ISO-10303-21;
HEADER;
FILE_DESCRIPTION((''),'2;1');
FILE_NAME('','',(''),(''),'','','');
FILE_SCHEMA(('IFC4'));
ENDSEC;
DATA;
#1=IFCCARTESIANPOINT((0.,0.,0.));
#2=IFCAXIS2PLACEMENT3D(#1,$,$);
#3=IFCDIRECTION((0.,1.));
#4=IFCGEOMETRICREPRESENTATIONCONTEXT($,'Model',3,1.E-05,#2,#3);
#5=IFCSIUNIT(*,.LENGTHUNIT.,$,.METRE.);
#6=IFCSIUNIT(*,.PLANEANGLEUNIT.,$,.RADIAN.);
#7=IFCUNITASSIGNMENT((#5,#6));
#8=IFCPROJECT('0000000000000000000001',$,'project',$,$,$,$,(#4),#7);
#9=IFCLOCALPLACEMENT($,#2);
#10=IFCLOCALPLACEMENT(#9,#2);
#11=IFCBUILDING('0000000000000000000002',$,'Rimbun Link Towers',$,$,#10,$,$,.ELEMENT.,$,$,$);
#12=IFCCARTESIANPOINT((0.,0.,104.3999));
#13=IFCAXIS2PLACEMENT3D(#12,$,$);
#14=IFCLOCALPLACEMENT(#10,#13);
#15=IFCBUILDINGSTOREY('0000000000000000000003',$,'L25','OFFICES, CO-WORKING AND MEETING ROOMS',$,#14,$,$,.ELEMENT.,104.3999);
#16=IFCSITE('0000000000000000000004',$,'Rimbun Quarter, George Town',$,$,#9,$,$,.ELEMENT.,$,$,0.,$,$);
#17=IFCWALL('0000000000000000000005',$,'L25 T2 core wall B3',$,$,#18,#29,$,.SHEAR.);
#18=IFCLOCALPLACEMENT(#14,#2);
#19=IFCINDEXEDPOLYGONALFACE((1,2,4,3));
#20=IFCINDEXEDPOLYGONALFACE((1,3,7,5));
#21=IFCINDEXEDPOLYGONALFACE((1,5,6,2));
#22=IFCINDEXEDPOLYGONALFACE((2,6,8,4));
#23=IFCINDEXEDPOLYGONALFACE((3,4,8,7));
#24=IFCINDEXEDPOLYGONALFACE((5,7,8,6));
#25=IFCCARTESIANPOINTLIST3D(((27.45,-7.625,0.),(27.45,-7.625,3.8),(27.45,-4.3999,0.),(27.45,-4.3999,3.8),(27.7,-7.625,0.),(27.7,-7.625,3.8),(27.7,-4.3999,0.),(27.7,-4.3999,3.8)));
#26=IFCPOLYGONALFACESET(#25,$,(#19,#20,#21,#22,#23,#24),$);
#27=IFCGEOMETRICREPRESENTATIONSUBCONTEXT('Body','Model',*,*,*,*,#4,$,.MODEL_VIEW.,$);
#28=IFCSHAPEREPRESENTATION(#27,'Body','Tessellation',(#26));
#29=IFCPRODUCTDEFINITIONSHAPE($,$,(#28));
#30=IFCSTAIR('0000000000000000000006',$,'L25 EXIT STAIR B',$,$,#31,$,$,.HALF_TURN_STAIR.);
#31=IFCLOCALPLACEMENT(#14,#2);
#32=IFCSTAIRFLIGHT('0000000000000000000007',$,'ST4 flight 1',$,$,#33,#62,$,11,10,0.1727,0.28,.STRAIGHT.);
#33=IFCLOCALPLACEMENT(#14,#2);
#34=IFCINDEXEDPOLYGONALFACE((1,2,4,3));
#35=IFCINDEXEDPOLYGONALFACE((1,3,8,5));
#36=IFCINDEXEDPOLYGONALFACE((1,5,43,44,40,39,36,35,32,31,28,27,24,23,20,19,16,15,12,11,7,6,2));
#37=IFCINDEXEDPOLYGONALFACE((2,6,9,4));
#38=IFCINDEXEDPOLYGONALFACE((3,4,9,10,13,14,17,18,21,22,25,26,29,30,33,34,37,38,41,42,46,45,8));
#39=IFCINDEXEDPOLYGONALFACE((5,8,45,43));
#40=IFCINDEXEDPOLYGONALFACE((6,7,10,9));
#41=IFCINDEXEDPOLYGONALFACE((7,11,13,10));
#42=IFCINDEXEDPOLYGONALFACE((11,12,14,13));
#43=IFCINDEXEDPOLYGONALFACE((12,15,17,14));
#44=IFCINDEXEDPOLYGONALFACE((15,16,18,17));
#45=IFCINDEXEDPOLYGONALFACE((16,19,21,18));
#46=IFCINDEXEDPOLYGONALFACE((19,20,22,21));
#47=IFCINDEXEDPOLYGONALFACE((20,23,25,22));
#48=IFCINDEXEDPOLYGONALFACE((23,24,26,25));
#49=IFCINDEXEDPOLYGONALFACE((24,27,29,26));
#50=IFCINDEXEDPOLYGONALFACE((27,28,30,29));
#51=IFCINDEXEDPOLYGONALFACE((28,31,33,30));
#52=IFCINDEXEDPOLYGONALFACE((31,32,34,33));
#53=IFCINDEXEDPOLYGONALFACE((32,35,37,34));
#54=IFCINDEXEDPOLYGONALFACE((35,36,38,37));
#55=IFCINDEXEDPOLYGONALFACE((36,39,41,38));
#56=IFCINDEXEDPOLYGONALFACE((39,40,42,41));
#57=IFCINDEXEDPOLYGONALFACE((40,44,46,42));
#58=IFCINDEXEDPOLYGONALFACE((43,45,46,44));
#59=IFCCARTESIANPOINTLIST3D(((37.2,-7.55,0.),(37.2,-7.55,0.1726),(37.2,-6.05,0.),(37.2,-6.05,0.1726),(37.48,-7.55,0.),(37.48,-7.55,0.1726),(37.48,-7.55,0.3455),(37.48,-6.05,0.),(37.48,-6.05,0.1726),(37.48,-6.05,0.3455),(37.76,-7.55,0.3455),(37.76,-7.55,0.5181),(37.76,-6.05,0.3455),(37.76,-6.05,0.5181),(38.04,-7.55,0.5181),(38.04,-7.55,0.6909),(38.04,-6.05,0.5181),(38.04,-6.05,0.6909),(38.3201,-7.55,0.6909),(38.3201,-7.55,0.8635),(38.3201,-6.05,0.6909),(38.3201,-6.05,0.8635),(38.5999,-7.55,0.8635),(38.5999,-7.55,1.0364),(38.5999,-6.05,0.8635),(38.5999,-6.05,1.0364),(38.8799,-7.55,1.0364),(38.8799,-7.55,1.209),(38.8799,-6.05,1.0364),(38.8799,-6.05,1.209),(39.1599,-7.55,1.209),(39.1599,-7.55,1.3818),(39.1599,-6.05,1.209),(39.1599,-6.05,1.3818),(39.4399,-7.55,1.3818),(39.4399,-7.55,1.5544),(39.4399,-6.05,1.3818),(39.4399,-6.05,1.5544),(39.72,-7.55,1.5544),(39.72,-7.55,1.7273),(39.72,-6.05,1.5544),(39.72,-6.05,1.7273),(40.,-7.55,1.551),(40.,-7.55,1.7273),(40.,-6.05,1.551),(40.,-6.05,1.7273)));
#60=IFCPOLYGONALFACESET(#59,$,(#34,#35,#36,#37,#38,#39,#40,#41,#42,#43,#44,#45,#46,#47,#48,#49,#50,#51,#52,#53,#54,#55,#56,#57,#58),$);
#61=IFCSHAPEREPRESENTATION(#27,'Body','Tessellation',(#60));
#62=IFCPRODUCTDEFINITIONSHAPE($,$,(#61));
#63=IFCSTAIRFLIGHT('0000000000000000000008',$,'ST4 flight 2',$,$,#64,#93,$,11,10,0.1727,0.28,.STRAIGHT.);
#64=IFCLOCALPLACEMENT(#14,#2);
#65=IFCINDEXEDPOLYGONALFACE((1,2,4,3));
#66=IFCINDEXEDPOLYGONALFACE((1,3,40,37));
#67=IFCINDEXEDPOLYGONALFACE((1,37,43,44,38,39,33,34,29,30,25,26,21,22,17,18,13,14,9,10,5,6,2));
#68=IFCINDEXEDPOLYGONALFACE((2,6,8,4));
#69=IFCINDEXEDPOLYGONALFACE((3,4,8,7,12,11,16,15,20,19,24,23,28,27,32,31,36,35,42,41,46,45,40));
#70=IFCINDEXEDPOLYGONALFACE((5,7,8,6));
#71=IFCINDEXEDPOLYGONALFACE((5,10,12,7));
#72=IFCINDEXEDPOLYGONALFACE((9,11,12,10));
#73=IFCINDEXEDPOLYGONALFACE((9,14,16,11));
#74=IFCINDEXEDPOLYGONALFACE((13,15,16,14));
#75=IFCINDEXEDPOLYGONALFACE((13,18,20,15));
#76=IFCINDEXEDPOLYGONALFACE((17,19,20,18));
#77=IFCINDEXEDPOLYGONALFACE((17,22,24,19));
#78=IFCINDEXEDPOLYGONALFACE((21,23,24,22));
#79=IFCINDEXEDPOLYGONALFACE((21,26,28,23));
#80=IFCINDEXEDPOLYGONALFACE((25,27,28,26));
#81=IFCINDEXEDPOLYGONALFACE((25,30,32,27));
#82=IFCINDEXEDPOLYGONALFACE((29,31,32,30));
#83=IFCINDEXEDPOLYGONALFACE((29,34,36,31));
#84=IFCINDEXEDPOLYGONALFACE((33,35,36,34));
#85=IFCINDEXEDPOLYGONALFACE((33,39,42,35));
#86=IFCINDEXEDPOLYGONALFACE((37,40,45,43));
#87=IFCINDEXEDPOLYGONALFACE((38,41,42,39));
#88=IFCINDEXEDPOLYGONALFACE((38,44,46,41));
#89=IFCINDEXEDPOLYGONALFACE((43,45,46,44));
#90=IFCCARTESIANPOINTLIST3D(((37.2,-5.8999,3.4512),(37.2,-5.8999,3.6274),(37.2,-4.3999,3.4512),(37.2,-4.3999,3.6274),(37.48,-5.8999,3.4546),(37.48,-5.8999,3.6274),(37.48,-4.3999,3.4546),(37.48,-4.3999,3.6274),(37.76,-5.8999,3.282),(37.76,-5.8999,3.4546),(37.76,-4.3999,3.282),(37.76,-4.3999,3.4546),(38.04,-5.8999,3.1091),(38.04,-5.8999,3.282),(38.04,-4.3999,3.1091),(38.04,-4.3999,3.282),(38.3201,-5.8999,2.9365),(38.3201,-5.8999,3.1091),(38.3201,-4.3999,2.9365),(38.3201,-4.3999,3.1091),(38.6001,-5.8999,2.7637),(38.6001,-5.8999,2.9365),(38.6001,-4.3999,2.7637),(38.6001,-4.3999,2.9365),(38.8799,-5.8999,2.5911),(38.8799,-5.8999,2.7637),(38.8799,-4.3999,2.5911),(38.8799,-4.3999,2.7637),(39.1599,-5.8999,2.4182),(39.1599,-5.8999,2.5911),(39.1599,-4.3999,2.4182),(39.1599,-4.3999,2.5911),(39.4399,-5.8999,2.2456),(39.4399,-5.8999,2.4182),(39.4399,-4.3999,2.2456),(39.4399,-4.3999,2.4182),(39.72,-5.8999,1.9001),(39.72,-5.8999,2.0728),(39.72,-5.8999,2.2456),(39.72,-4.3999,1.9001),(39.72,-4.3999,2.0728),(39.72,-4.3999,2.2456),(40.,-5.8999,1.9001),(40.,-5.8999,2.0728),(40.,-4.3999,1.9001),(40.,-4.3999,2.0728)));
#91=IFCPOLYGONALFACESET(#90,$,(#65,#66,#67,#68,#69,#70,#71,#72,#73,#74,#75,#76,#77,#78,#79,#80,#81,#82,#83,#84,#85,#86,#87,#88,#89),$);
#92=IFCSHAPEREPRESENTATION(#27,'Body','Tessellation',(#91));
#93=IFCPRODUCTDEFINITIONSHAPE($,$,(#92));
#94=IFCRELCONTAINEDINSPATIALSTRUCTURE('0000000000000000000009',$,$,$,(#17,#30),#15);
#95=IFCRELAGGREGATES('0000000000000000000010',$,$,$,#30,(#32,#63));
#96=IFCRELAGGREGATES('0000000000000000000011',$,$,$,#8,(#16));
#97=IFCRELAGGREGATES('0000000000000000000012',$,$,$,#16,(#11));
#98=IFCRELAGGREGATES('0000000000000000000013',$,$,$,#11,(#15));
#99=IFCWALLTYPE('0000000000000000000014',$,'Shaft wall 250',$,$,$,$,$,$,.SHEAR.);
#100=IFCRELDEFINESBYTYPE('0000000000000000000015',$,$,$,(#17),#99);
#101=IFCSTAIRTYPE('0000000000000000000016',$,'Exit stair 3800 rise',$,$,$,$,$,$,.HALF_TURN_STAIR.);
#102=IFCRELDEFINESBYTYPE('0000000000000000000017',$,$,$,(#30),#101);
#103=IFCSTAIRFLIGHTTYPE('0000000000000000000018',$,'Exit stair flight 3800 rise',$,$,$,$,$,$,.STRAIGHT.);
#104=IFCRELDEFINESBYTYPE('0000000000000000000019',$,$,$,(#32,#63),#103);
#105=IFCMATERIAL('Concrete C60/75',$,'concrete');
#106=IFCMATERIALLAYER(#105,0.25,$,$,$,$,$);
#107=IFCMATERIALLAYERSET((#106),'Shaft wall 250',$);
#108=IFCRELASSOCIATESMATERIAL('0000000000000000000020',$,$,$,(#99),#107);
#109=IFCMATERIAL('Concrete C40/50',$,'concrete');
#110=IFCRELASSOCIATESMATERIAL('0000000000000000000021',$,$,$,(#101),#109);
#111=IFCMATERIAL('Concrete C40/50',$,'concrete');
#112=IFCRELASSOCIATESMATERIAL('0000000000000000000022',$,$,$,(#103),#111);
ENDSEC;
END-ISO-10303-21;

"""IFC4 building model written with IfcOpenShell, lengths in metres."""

from ifc_helpers import new_model, si_unit, direction, frame, frame_2d, origin, place, context, subcontext, project, spatial, polyline, rectangle, outline, extrude, material, layer, layer_set, type_object, element, aggregate, save


model = new_model("IFC4")

# Units and contexts
model_context = context("Model", 3, precision=1e-05, world=origin(), true_north=direction((0.0, 1.0)))
body_context = subcontext(model_context, "Body", "Model", "MODEL_VIEW")
ifc_project = project(units=[si_unit("LENGTHUNIT", "METRE"), si_unit("PLANEANGLEUNIT", "RADIAN")], contexts=[model_context])

# Site, building, storey
site_placement = place(None, origin())
site = spatial("IfcSite", under=ifc_project, at=site_placement, Name="Rimbun Quarter, George Town", CompositionType="ELEMENT", RefElevation=0.0)
building_placement = place(site_placement, origin())
building = spatial("IfcBuilding", under=site, at=building_placement, Name="Rimbun Link Towers", CompositionType="ELEMENT")
storey_placement = place(building_placement, frame((0.0, 0.0, 104.3999)))
storey = spatial("IfcBuildingStorey", under=building, at=storey_placement, Name="L25", Description="OFFICES, CO-WORKING AND MEETING ROOMS", CompositionType="ELEMENT", Elevation=104.3999)

# Shared definitions
ifc_material_1 = material(Name="Concrete C60/75", Category="concrete")
ifc_layer = layer(ifc_material_1, 0.25)
ifc_layer_set = layer_set([ifc_layer], Name="Shaft wall 250")
wall_type = type_object("IfcWallType", Name="Shaft wall 250", PredefinedType="SHEAR", material=ifc_layer_set)

# Wall
wall_1_placement = place(storey_placement, frame((27.575, -4.3999, 0.0), z_axis=(0.0, 0.0, 1.0), x_axis=(0.0, -1.0, 0.0)))
element("IfcWall", 1, at=wall_1_placement, inside=storey, type_object=wall_type, Name="L25 T2 core wall B3", PredefinedType="SHEAR", context=body_context, shape_type="SweptSolid", body=[
    extrude(rectangle(XDim=3.2251, YDim=0.25, at=frame_2d((1.6125, 0.0))), origin(), (0.0, 0.0, 1.0), 3.8),
])

# Stair, stair flights
ifc_material_2 = material(Name="Concrete C40/50", Category="concrete")
stair_type = type_object("IfcStairType", Name="Exit stair 3800 rise", PredefinedType="HALF_TURN_STAIR", material=ifc_material_2)
stair_placement = place(storey_placement, origin())
stair = element("IfcStair", 2, at=stair_placement, inside=storey, type_object=stair_type, Name="L25 EXIT STAIR B", PredefinedType="HALF_TURN_STAIR")
ifc_material_3 = material(Name="Concrete C40/50", Category="concrete")
stair_flight_type = type_object("IfcStairFlightType", Name="Exit stair flight 3800 rise", PredefinedType="STRAIGHT", material=ifc_material_3)
stair_flight_1_placement = place(storey_placement, frame((37.2, -6.8, 0.0), z_axis=(0.0, 0.0, 1.0), x_axis=(1.0, 0.0, 0.0)))
stair_flight_1 = element("IfcStairFlight", 3, at=stair_flight_1_placement, type_object=stair_flight_type, Name="ST4 flight 1", NumberOfRisers=11, NumberOfTreads=10, PredefinedType="STRAIGHT", RiserHeight=0.1727, TreadLength=0.28, context=body_context, shape_type="SweptSolid", body=[
    extrude(outline(polyline([(0.0, 0.0), (0.0, 0.1726), (0.28, 0.1726), (0.28, 0.3455), (0.5601, 0.3455), (0.5601, 0.5181), (0.8401, 0.5181), (0.8401, 0.6909), (1.1201, 0.6909), (1.1201, 0.8635), (1.3999, 0.8635), (1.3999, 1.0364), (1.6799, 1.0364), (1.6799, 1.209), (1.96, 1.209), (1.96, 1.3818), (2.24, 1.3818), (2.24, 1.5544), (2.52, 1.5544), (2.52, 1.7273), (2.8, 1.7273), (2.8, 1.8999), (2.8, 1.551), (0.28, 0.0), (0.0, 0.0)])), frame((0.0, 0.75, 0.0), z_axis=(0.0, -1.0, 0.0), x_axis=(1.0, 0.0, 0.0)), (0.0, 0.0, 1.0), 1.5),
])
stair_flight_2_placement = place(storey_placement, frame((40.0, -5.1499, 1.9001), z_axis=(0.0, 0.0, 1.0), x_axis=(-1.0, 0.0, 0.0)))
stair_flight_2 = element("IfcStairFlight", 4, at=stair_flight_2_placement, type_object=stair_flight_type, Name="ST4 flight 2", NumberOfRisers=11, NumberOfTreads=10, PredefinedType="STRAIGHT", RiserHeight=0.1727, TreadLength=0.28, context=body_context, shape_type="SweptSolid", body=[
    extrude(outline(polyline([(0.0, 0.0), (0.0, 0.1726), (0.28, 0.1726), (0.28, 0.3455), (0.5601, 0.3455), (0.5601, 0.5181), (0.8401, 0.5181), (0.8401, 0.6909), (1.1201, 0.6909), (1.1201, 0.8635), (1.3999, 0.8635), (1.3999, 1.0364), (1.6799, 1.0364), (1.6799, 1.209), (1.96, 1.209), (1.96, 1.3818), (2.24, 1.3818), (2.24, 1.5544), (2.52, 1.5544), (2.52, 1.7273), (2.8, 1.7273), (2.8, 1.8999), (2.8, 1.551), (0.28, 0.0), (0.0, 0.0)])), frame((0.0, 0.75, 0.0), z_axis=(0.0, -1.0, 0.0), x_axis=(1.0, 0.0, 0.0)), (0.0, 0.0, 1.0), 1.5),
])
aggregate(stair, [stair_flight_1, stair_flight_2])

save(model, "model.ifc")
